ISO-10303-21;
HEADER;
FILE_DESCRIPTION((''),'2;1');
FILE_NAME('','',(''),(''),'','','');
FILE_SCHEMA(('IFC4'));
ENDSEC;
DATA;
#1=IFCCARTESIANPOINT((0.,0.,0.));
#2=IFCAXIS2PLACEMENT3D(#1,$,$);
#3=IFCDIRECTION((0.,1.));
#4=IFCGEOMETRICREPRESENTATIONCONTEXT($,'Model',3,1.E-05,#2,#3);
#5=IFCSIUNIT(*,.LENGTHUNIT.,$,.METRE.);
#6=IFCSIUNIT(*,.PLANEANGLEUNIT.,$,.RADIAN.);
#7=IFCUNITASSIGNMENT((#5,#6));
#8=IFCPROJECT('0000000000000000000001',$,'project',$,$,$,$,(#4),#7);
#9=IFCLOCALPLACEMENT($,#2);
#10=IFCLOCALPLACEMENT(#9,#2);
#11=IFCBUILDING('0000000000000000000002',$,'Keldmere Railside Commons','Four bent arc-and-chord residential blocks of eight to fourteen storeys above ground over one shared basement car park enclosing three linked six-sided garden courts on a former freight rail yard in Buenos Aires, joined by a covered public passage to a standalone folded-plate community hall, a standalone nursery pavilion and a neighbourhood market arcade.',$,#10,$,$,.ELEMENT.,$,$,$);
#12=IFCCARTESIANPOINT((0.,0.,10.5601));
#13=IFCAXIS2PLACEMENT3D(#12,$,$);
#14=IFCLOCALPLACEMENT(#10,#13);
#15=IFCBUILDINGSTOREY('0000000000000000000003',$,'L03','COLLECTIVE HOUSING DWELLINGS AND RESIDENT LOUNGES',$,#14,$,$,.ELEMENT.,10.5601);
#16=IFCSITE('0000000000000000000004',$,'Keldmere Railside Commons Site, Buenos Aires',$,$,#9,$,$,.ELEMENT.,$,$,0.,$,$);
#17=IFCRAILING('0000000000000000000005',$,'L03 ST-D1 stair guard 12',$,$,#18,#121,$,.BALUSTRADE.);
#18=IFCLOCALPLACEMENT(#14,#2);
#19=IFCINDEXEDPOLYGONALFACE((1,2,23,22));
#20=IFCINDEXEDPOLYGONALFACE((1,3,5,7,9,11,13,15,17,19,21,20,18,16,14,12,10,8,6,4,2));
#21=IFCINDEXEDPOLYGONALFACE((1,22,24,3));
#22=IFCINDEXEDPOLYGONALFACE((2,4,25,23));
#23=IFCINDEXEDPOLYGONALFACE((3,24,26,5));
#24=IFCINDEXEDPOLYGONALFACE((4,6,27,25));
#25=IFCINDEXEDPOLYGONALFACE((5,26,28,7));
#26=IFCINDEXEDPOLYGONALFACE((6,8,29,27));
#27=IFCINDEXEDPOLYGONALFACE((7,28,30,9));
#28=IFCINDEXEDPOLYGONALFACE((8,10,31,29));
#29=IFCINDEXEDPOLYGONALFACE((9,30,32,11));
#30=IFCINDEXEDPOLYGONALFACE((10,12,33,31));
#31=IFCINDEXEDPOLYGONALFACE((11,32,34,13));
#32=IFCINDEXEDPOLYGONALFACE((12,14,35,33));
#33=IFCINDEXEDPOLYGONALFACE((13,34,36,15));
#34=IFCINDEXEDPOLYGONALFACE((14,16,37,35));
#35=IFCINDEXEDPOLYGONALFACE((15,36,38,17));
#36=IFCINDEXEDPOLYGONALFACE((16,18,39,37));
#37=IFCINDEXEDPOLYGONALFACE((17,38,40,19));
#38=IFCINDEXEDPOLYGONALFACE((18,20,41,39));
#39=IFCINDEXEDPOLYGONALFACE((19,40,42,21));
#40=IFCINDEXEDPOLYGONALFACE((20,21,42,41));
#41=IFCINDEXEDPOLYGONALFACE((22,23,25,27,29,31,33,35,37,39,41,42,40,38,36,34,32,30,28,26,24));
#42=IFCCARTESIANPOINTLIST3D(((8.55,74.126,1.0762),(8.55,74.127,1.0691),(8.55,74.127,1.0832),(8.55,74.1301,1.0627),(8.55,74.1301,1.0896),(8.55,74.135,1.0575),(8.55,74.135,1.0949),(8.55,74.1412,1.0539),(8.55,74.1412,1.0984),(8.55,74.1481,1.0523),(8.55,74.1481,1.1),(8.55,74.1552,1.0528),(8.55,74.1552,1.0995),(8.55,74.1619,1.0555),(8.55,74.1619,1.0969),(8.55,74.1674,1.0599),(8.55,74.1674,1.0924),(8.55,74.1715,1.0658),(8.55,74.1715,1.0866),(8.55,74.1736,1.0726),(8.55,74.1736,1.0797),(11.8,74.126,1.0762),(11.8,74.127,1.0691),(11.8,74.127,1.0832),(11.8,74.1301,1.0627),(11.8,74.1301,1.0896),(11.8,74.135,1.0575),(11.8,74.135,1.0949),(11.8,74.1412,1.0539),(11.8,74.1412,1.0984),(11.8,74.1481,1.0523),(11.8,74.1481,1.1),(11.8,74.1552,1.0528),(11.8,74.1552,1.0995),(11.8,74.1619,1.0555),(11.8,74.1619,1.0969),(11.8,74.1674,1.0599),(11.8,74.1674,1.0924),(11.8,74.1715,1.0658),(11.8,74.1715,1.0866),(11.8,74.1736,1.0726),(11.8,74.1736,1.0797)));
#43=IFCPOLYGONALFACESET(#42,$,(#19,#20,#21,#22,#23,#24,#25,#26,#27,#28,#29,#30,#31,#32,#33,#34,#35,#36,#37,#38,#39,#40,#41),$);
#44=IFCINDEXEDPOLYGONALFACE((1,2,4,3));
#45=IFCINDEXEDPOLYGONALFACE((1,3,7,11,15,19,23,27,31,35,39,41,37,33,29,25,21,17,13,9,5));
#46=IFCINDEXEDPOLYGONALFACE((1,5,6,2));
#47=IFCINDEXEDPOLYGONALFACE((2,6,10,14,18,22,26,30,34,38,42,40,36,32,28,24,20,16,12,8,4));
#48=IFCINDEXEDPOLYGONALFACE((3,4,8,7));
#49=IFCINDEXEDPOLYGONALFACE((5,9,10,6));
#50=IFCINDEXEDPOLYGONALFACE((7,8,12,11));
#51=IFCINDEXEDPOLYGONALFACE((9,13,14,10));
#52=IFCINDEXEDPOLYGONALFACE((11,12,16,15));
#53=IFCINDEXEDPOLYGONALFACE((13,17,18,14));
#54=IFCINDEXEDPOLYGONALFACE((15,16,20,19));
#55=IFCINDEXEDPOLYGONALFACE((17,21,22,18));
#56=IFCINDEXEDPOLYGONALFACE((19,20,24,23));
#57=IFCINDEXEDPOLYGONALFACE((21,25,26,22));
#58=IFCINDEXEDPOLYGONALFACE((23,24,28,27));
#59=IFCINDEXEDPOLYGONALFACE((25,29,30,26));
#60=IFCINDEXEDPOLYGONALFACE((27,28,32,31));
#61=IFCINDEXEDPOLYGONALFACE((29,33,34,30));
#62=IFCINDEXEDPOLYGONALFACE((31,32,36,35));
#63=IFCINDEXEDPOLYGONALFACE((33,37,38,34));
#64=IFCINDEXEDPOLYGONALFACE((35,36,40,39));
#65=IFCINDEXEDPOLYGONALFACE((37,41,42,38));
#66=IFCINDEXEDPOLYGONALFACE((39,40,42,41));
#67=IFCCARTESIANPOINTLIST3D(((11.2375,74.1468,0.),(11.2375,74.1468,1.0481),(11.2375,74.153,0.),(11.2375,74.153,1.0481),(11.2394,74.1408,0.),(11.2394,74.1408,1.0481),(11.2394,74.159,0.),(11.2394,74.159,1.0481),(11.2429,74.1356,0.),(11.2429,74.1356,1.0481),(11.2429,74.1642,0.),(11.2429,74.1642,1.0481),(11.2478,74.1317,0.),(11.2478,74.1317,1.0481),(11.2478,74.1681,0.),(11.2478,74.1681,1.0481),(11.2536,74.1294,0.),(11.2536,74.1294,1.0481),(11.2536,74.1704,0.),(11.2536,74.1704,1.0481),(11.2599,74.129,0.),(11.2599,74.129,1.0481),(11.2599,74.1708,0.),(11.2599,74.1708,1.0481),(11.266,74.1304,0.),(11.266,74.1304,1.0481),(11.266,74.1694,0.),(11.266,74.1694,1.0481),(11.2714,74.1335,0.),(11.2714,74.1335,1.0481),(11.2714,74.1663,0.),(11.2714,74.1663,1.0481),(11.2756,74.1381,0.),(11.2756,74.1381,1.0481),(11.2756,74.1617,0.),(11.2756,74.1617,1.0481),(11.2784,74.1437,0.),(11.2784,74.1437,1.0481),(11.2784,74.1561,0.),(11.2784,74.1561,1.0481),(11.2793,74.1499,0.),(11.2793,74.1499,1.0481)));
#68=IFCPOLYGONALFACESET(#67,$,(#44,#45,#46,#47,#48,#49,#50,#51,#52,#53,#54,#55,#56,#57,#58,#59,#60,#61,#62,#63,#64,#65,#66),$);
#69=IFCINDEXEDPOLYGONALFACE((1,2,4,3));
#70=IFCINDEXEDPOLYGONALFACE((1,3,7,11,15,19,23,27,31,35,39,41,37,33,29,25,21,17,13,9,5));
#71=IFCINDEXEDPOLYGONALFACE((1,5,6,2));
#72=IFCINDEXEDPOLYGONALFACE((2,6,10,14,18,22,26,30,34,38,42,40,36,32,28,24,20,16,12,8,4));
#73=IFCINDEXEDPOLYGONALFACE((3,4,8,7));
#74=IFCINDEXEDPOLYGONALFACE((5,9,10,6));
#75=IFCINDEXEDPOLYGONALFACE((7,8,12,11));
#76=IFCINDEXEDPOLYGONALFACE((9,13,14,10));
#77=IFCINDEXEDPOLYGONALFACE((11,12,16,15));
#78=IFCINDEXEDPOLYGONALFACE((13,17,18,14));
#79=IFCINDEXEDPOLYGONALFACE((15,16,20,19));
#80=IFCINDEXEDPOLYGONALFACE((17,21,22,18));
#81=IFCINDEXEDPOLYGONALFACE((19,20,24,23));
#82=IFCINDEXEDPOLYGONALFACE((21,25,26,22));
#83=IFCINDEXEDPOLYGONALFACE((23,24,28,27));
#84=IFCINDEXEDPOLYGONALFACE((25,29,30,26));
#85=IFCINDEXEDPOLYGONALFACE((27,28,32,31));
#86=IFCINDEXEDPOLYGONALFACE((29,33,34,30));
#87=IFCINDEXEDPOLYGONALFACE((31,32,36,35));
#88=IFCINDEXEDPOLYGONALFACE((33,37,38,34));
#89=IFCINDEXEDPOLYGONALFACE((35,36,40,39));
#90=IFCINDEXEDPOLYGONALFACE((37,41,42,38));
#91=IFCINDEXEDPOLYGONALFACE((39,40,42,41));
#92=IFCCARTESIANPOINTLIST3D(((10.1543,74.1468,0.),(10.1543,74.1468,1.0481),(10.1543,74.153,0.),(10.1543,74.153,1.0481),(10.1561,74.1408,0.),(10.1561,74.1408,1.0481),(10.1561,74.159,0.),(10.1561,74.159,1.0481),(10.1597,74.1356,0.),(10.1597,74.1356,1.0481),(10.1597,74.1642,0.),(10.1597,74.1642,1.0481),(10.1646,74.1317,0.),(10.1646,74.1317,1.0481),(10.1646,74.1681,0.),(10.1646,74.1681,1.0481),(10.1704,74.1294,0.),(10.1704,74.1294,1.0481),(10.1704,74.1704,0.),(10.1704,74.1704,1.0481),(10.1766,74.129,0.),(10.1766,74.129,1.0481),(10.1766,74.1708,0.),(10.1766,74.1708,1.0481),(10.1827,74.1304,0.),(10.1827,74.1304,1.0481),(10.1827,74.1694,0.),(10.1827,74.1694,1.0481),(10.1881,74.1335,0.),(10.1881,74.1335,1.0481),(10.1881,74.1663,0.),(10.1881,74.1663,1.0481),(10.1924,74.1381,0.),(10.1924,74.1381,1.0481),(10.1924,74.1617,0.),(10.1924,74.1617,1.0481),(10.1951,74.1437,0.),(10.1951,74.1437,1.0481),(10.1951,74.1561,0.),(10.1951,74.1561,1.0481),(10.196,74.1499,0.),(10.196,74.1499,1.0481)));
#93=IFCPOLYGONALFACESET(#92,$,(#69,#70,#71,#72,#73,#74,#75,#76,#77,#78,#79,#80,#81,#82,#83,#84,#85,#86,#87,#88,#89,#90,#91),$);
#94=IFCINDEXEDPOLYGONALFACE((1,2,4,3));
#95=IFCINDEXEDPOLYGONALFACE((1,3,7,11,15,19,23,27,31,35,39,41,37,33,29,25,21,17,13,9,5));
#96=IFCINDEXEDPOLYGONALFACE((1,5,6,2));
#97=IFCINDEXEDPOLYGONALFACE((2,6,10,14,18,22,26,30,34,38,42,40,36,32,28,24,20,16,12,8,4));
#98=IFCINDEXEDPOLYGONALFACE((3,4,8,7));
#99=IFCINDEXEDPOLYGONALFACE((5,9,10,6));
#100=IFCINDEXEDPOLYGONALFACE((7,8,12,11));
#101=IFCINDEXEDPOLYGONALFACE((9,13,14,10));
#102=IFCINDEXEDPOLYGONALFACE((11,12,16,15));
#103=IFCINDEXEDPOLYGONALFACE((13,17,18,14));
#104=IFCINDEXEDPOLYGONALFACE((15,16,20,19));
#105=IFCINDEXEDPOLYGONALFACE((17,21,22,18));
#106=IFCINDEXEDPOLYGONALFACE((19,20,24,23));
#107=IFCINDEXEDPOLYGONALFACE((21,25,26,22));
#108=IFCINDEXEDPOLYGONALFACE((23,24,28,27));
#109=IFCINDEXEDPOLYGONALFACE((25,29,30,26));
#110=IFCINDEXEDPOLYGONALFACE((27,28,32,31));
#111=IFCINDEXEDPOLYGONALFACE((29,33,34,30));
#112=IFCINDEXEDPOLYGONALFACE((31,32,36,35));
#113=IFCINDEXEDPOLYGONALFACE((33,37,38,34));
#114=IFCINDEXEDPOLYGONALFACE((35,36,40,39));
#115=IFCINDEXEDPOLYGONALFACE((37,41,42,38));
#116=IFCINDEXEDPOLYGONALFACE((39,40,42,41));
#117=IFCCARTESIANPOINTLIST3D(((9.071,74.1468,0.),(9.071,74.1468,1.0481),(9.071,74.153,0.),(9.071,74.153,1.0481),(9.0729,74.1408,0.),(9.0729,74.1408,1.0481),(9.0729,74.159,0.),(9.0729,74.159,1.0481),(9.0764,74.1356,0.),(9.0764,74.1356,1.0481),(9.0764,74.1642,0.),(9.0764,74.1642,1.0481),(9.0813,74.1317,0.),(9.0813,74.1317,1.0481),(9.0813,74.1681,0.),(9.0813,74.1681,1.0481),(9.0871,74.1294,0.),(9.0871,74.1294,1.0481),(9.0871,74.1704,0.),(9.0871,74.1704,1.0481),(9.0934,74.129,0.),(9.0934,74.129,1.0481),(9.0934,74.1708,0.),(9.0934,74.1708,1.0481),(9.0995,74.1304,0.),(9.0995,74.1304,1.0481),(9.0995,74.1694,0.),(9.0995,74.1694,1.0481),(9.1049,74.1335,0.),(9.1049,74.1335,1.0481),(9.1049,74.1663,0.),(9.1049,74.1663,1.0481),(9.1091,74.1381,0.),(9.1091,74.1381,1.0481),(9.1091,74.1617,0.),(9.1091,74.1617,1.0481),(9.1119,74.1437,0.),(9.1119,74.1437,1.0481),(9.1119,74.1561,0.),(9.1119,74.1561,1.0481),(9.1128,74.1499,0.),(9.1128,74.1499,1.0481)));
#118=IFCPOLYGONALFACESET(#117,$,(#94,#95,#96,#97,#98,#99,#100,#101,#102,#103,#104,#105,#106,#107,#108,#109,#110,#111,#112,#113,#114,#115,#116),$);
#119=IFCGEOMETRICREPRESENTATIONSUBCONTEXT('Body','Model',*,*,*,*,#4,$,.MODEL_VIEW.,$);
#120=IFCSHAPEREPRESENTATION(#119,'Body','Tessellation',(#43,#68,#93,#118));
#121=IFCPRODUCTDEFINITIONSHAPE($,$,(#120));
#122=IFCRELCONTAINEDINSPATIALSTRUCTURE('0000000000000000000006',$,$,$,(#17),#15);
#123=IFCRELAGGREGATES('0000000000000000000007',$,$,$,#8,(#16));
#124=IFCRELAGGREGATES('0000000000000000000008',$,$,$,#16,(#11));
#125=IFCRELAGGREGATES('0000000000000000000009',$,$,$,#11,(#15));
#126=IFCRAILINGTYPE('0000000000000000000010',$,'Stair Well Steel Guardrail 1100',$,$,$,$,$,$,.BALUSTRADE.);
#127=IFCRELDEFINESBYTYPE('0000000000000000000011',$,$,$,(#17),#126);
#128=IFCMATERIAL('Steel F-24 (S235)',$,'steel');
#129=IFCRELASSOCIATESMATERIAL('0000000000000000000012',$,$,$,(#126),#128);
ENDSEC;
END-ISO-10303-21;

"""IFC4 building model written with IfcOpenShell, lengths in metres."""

from ifc_helpers import new_model, si_unit, direction, frame, origin, origin_2d, place, context, subcontext, project, spatial, circle, extrude, material, type_object, element, save


model = new_model("IFC4")

# Units and contexts
model_context = context("Model", 3, precision=1e-05, world=origin(), true_north=direction((0.0, 1.0)))
body_context = subcontext(model_context, "Body", "Model", "MODEL_VIEW")
ifc_project = project(units=[si_unit("LENGTHUNIT", "METRE"), si_unit("PLANEANGLEUNIT", "RADIAN")], contexts=[model_context])

# Site, building, storey
site_placement = place(None, origin())
site = spatial("IfcSite", under=ifc_project, at=site_placement, Name="Keldmere Railside Commons Site, Buenos Aires", CompositionType="ELEMENT", RefElevation=0.0)
building_placement = place(site_placement, origin())
building = spatial("IfcBuilding", under=site, at=building_placement, Name="Keldmere Railside Commons", Description="Four bent arc-and-chord residential blocks of eight to fourteen storeys above ground over one shared basement car park enclosing three linked six-sided garden courts on a former freight rail yard in Buenos Aires, joined by a covered public passage to a standalone folded-plate community hall, a standalone nursery pavilion and a neighbourhood market arcade.", CompositionType="ELEMENT")
storey_placement = place(building_placement, frame((0.0, 0.0, 10.5601)))
storey = spatial("IfcBuildingStorey", under=building, at=storey_placement, Name="L03", Description="COLLECTIVE HOUSING DWELLINGS AND RESIDENT LOUNGES", CompositionType="ELEMENT", Elevation=10.5601)

# Shared definitions
ifc_material_1 = material(Name="Steel F-24 (S235)", Category="steel")

# Railing
railing_type_1 = type_object("IfcRailingType", Name="Stair Well Steel Guardrail 1100", PredefinedType="BALUSTRADE", material=ifc_material_1)
railing_1_placement = place(storey_placement, frame((11.8, 74.1499, 0.0)))
element("IfcRailing", 1, at=railing_1_placement, inside=storey, type_object=railing_type_1, Name="L03 ST-D1 stair guard 12", PredefinedType="BALUSTRADE", context=body_context, shape_type="SweptSolid", body=[
    extrude(circle(Radius=0.0239, at=origin_2d()), frame((0.0, 0.0, 1.0762), z_axis=(-1.0, 0.0, 0.0), x_axis=(0.0, -1.0, 0.0)), (0.0, 0.0, 1.0), 3.25),
    extrude(circle(Radius=0.021, at=origin_2d()), frame((-0.5417, 0.0, 0.0)), (0.0, 0.0, 1.0), 1.0481),
    extrude(circle(Radius=0.021, at=origin_2d()), frame((-1.625, 0.0, 0.0)), (0.0, 0.0, 1.0), 1.0481),
    extrude(circle(Radius=0.021, at=origin_2d()), frame((-2.7083, 0.0, 0.0)), (0.0, 0.0, 1.0), 1.0481),
])

save(model, "model.ifc")
